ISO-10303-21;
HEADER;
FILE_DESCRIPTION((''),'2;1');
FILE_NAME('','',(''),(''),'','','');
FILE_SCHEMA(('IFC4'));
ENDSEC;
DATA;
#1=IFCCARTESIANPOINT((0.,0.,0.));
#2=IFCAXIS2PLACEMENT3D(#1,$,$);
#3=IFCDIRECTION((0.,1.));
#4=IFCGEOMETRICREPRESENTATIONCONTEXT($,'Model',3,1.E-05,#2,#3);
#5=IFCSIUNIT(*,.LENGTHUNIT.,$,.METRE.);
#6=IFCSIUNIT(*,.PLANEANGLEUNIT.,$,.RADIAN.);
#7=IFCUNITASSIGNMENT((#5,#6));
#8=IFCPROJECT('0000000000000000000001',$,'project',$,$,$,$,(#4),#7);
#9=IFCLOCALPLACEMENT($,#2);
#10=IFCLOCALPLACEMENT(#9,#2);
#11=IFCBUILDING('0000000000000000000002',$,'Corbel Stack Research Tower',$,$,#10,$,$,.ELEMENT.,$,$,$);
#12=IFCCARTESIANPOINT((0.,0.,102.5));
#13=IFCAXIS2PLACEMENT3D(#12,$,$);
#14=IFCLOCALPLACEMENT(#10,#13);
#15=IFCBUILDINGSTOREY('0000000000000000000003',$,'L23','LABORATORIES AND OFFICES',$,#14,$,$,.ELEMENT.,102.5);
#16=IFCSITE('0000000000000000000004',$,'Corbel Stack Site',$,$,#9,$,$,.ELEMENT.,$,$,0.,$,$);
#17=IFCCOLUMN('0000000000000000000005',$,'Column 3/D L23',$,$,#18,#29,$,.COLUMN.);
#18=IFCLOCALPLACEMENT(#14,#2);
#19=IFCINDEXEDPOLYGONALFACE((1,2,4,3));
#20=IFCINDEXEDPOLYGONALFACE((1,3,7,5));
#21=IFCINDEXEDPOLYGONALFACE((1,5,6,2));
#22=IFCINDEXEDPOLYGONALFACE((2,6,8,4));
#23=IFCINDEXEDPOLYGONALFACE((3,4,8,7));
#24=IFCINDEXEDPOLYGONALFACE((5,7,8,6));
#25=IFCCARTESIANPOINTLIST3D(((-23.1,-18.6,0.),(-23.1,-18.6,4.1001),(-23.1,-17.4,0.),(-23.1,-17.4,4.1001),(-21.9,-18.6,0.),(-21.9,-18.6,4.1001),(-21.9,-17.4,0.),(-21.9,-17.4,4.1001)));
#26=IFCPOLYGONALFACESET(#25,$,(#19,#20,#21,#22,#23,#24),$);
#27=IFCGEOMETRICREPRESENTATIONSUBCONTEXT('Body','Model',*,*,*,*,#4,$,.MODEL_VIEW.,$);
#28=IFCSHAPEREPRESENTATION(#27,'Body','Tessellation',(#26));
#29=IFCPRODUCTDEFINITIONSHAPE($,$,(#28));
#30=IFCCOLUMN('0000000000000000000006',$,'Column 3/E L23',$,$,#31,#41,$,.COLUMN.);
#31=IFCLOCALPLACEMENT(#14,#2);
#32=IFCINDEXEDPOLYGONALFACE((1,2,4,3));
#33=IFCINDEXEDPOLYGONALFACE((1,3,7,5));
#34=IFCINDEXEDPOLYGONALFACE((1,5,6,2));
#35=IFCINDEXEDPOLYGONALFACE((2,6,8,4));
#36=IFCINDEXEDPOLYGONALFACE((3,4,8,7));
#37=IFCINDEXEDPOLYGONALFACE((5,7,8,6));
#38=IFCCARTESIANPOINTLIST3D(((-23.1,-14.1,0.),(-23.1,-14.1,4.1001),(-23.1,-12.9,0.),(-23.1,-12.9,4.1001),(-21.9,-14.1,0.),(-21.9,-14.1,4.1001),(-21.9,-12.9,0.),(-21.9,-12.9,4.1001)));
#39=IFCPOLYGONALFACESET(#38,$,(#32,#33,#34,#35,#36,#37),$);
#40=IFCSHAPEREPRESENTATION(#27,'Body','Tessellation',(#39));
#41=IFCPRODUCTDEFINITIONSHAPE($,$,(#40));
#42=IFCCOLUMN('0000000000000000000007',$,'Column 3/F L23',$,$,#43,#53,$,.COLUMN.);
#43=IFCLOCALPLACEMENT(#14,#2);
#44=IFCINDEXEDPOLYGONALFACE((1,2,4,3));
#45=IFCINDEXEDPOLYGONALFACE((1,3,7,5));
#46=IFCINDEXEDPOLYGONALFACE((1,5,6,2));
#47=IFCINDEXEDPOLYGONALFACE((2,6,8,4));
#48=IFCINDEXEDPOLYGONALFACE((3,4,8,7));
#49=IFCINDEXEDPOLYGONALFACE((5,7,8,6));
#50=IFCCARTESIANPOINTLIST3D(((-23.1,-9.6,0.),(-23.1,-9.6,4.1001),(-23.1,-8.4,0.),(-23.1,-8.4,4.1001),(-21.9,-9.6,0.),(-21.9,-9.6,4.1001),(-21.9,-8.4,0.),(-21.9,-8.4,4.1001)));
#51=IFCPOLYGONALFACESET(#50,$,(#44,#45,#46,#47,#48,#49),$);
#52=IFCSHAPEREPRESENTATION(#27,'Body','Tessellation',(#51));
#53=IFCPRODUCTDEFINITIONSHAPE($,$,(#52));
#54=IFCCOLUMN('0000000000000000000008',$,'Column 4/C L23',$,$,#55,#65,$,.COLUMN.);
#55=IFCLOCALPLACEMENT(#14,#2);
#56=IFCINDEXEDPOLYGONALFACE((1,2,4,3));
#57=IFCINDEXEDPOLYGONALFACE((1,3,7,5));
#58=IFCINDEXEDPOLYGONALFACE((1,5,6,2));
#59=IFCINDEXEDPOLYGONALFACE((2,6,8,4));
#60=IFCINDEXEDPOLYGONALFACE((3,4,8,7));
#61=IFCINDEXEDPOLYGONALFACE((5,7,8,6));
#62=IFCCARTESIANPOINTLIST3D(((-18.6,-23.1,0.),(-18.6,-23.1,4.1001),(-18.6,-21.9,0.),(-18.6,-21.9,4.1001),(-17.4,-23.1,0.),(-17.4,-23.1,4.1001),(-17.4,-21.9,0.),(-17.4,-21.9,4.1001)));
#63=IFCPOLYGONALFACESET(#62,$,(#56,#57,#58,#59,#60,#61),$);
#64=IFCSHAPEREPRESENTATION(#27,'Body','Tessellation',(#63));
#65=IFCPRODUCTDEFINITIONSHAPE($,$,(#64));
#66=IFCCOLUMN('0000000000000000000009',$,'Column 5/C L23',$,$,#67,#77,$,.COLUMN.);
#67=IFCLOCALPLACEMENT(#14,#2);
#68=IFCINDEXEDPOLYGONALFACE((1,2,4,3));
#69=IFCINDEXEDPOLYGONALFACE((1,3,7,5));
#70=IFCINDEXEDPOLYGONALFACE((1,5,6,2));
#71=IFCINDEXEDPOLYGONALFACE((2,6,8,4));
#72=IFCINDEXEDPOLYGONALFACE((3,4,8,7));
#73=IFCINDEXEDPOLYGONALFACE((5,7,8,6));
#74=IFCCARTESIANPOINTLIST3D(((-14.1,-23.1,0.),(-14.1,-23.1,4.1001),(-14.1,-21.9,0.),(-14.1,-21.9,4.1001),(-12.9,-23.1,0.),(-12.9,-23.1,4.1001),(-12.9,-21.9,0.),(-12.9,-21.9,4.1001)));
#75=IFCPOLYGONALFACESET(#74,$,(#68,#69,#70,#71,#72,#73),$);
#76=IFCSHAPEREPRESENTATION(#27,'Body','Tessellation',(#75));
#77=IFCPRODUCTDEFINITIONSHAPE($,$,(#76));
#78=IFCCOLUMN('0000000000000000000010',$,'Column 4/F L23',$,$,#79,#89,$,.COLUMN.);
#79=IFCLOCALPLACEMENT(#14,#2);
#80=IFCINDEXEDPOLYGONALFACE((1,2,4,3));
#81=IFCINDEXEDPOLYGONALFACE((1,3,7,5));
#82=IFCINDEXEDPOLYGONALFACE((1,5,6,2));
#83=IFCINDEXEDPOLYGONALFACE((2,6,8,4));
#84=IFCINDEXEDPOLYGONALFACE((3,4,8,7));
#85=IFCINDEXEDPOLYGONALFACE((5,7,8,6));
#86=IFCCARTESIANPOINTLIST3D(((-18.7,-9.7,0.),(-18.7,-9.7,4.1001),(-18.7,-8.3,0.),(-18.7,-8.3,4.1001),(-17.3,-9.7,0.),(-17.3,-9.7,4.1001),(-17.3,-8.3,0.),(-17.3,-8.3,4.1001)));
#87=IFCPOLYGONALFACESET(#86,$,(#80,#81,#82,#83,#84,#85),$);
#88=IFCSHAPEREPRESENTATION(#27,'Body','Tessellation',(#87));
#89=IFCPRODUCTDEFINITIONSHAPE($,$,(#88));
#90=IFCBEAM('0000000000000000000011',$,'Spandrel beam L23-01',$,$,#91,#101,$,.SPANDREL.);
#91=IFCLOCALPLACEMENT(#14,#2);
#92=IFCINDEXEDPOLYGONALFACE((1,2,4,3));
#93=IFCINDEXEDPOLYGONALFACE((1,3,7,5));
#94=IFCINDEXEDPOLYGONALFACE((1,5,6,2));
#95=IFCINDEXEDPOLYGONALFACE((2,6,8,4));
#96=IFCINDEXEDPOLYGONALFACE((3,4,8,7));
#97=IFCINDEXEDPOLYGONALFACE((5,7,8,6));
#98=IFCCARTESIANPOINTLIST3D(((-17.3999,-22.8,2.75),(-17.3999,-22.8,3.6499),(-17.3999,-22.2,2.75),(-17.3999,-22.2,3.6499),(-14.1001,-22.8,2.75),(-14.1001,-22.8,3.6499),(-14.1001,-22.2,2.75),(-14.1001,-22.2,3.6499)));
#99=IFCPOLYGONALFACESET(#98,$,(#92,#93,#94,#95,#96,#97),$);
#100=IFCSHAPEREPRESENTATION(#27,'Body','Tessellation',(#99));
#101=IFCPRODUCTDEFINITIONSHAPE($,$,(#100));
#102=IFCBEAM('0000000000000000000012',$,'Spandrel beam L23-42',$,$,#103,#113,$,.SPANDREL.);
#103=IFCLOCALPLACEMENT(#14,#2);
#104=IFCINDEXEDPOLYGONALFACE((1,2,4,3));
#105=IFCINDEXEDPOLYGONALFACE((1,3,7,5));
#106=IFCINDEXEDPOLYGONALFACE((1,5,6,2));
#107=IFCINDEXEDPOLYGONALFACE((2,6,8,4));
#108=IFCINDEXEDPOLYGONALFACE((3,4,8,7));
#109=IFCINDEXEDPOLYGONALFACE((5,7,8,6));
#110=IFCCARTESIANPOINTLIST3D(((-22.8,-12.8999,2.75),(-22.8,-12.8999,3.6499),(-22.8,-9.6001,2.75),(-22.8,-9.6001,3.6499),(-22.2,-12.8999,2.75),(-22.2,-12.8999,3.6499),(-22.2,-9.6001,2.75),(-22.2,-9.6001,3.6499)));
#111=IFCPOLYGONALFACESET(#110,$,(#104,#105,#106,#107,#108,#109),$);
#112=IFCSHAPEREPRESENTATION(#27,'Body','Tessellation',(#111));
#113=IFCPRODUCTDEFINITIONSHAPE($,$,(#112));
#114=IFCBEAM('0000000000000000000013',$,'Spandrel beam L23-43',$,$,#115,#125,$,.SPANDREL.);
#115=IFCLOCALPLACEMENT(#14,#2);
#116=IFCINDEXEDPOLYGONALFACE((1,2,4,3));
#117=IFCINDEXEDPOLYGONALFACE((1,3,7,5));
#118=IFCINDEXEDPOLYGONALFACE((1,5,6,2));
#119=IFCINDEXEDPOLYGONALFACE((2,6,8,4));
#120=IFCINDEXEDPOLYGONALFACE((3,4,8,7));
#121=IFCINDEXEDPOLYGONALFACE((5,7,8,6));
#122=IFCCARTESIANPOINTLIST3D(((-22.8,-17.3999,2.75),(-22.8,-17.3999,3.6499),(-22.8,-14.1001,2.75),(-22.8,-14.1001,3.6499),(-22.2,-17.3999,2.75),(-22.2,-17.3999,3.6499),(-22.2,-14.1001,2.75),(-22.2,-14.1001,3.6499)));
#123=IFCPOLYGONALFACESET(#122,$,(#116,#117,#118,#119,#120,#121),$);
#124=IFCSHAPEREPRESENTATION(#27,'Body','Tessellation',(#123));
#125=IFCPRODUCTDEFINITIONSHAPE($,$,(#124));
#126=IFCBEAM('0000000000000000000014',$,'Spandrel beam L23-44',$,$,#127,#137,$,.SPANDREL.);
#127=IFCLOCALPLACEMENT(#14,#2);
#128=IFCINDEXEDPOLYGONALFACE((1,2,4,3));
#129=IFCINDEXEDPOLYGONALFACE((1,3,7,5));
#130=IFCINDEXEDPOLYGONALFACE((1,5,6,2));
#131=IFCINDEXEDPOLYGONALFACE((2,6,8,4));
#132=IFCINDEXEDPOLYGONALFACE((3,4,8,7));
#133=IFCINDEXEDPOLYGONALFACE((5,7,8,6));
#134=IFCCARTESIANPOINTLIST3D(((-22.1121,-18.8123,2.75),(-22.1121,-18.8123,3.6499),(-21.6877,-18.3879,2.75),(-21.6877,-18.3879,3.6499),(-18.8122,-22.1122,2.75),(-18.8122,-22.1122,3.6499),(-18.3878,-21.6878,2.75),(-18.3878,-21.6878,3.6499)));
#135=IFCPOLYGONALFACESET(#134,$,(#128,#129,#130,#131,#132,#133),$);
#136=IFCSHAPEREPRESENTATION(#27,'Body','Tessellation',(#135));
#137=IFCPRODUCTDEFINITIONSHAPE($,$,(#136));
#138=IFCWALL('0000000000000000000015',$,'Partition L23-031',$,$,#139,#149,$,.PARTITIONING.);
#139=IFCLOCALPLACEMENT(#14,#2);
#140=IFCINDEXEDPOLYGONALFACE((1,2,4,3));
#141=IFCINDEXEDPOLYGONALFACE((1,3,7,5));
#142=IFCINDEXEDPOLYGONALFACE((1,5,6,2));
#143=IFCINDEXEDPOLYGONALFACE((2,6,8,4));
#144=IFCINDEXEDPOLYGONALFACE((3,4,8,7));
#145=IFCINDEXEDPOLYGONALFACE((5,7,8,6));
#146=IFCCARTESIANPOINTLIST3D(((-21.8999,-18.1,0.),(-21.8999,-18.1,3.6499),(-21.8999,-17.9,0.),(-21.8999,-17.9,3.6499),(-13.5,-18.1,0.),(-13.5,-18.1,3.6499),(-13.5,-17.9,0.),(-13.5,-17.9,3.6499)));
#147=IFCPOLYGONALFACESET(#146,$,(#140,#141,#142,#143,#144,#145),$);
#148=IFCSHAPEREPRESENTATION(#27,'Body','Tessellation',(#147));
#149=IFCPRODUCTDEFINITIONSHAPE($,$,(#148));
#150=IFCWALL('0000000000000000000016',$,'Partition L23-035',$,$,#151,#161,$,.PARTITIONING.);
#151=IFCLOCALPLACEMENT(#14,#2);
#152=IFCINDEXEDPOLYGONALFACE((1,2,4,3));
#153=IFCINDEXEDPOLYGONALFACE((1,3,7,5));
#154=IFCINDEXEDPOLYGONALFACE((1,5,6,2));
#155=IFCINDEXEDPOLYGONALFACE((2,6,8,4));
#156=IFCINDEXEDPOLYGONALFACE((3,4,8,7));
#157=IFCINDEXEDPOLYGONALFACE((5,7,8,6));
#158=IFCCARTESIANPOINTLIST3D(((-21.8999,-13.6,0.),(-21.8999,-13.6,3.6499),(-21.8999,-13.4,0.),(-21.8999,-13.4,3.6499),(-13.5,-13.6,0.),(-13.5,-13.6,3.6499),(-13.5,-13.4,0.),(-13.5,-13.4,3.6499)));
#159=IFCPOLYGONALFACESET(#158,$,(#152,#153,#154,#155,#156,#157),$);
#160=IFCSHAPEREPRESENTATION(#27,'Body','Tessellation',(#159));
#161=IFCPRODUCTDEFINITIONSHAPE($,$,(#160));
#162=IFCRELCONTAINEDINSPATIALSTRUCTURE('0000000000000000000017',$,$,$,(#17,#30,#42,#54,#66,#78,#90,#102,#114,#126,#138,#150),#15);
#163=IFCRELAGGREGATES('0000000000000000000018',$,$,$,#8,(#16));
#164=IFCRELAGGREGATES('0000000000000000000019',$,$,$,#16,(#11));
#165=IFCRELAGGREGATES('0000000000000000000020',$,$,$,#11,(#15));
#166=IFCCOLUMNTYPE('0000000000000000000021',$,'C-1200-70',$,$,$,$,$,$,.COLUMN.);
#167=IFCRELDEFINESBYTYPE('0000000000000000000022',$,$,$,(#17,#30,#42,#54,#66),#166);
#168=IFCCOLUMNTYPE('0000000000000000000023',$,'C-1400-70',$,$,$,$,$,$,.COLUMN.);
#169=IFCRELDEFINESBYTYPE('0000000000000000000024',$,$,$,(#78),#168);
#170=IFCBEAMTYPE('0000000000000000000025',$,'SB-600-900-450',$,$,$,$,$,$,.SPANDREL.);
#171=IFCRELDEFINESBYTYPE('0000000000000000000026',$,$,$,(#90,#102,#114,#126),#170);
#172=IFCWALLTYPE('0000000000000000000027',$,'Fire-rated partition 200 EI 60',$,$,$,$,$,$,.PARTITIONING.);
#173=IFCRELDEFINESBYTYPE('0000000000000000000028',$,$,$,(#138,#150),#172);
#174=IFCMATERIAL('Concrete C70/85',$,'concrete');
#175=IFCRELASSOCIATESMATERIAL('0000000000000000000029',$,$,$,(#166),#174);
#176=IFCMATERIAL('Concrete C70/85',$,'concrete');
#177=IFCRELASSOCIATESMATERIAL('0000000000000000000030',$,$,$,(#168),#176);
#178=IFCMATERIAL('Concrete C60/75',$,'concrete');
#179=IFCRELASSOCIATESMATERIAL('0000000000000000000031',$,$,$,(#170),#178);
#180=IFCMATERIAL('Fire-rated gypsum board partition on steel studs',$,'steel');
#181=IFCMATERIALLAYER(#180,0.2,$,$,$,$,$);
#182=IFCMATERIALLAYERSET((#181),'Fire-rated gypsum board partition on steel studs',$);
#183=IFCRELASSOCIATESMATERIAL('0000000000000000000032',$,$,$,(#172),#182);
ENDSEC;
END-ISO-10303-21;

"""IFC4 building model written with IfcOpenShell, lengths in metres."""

from ifc_helpers import new_model, si_unit, direction, frame, frame_2d, origin, origin_2d, place, context, subcontext, project, spatial, rectangle, extrude, material, layer, layer_set, material_profile, profile_set, type_object, element, save


model = new_model("IFC4")

# Units and contexts
model_context = context("Model", 3, precision=1e-05, world=origin(), true_north=direction((0.0, 1.0)))
body_context = subcontext(model_context, "Body", "Model", "MODEL_VIEW")
ifc_project = project(units=[si_unit("LENGTHUNIT", "METRE"), si_unit("PLANEANGLEUNIT", "RADIAN")], contexts=[model_context])

# Site, building, storey
site_placement = place(None, origin())
site = spatial("IfcSite", under=ifc_project, at=site_placement, Name="Corbel Stack Site", CompositionType="ELEMENT", RefElevation=0.0)
building_placement = place(site_placement, origin())
building = spatial("IfcBuilding", under=site, at=building_placement, Name="Corbel Stack Research Tower", CompositionType="ELEMENT")
storey_placement = place(building_placement, frame((0.0, 0.0, 102.5)))
storey = spatial("IfcBuildingStorey", under=building, at=storey_placement, Name="L23", Description="LABORATORIES AND OFFICES", CompositionType="ELEMENT", Elevation=102.5)

# Columns
ifc_material_1 = material(Name="Concrete C70/85", Category="concrete")
ifc_material_profile_1 = material_profile(ifc_material_1, rectangle(XDim=1.2, YDim=1.2, at=origin_2d()), Name="RC 1200 x 1200")
ifc_profile_set_1 = profile_set([ifc_material_profile_1], Name="Concrete C70/85")
column_type_1 = type_object("IfcColumnType", Name="C-1200-70", PredefinedType="COLUMN", material=ifc_profile_set_1)
for number, where, z_axis, x_axis, name in (
    (1, (-22.5, -18.0, 0.0), (0.0, 0.0, 1.0), (1.0, 0.0, 0.0), "Column 3/D L23"),
    (2, (-22.5, -13.5, 0.0), (0.0, 0.0, 1.0), (1.0, 0.0, 0.0), "Column 3/E L23"),
    (3, (-22.5, -9.0, 0.0), (0.0, 0.0, 1.0), (1.0, 0.0, 0.0), "Column 3/F L23"),
    (4, (-18.0, -22.5, 0.0), (0.0, 0.0, 1.0), (1.0, 0.0, 0.0), "Column 4/C L23"),
    (5, (-13.5, -22.5, 0.0), (0.0, 0.0, 1.0), (1.0, 0.0, 0.0), "Column 5/C L23"),
):
    element("IfcColumn", number, at=place(storey_placement, frame(where, z_axis=z_axis, x_axis=x_axis)), inside=storey, type_object=column_type_1, Name=name, PredefinedType="COLUMN", context=body_context, shape_type="SweptSolid", body=[
        extrude(rectangle(XDim=1.2, YDim=1.2, at=origin_2d()), origin(), (0.0, 0.0, 1.0), 4.1001),
    ])
ifc_material_2 = material(Name="Concrete C70/85", Category="concrete")
ifc_material_profile_2 = material_profile(ifc_material_2, rectangle(XDim=1.3999, YDim=1.3999, at=origin_2d()), Name="RC 1400 x 1400")
ifc_profile_set_2 = profile_set([ifc_material_profile_2], Name="Concrete C70/85")
column_type_2 = type_object("IfcColumnType", Name="C-1400-70", PredefinedType="COLUMN", material=ifc_profile_set_2)
column_placement = place(storey_placement, frame((-18.0, -9.0, 0.0), z_axis=(0.0, 0.0, 1.0), x_axis=(1.0, 0.0, 0.0)))
element("IfcColumn", 6, at=column_placement, inside=storey, type_object=column_type_2, Name="Column 4/F L23", PredefinedType="COLUMN", context=body_context, shape_type="SweptSolid", body=[
    extrude(rectangle(XDim=1.3999, YDim=1.3999, at=origin_2d()), origin(), (0.0, 0.0, 1.0), 4.1001),
])

# Beams
ifc_material_3 = material(Name="Concrete C60/75", Category="concrete")
ifc_material_profile_3 = material_profile(ifc_material_3, rectangle(XDim=0.6001, YDim=0.8999, at=origin_2d()), Name="RC 600 x 900")
ifc_profile_set_3 = profile_set([ifc_material_profile_3], Name="Concrete C60/75")
beam_type = type_object("IfcBeamType", Name="SB-600-900-450", PredefinedType="SPANDREL", material=ifc_profile_set_3)
for number, where, z_axis, x_axis, name in (
    (7, (-17.3999, -22.5, 3.2), (1.0, 0.0, 0.0), (0.0, 1.0, 0.0), "Spandrel beam L23-01"),
    (8, (-22.5, -9.6001, 3.2), (0.0, -1.0, 0.0), (1.0, 0.0, 0.0), "Spandrel beam L23-42"),
    (9, (-22.5, -14.1001, 3.2), (0.0, -1.0, 0.0), (1.0, 0.0, 0.0), "Spandrel beam L23-43"),
):
    element("IfcBeam", number, at=place(storey_placement, frame(where, z_axis=z_axis, x_axis=x_axis)), inside=storey, type_object=beam_type, Name=name, PredefinedType="SPANDREL", context=body_context, shape_type="SweptSolid", body=[
        extrude(rectangle(XDim=0.6001, YDim=0.8999, at=origin_2d()), origin(), (0.0, 0.0, 1.0), 3.2998),
    ])
beam_placement = place(storey_placement, frame((-21.8999, -18.6001, 3.2), z_axis=(0.707107, -0.707107, 0.0), x_axis=(0.707107, 0.707107, 0.0)))
element("IfcBeam", 10, at=beam_placement, inside=storey, type_object=beam_type, Name="Spandrel beam L23-44", PredefinedType="SPANDREL", context=body_context, shape_type="SweptSolid", body=[
    extrude(rectangle(XDim=0.6001, YDim=0.8999, at=origin_2d()), origin(), (0.0, 0.0, 1.0), 4.6667),
])

# Walls
ifc_material_4 = material(Name="Fire-rated gypsum board partition on steel studs", Category="steel")
ifc_layer_1 = layer(ifc_material_4, 0.2)
ifc_layer_set_1 = layer_set([ifc_layer_1], Name="Fire-rated gypsum board partition on steel studs")
wall_type_1 = type_object("IfcWallType", Name="Fire-rated partition 200 EI 60", PredefinedType="PARTITIONING", material=ifc_layer_set_1)
for number, where, z_axis, x_axis, name in (
    (11, (-21.8999, -18.0, 0.0), (0.0, 0.0, 1.0), (1.0, 0.0, 0.0), "Partition L23-031"),
    (12, (-21.8999, -13.5, 0.0), (0.0, 0.0, 1.0), (1.0, 0.0, 0.0), "Partition L23-035"),
):
    element("IfcWall", number, at=place(storey_placement, frame(where, z_axis=z_axis, x_axis=x_axis)), inside=storey, type_object=wall_type_1, Name=name, PredefinedType="PARTITIONING", context=body_context, shape_type="SweptSolid", body=[
        extrude(rectangle(XDim=8.3999, YDim=0.2, at=frame_2d((4.2, 0.0))), origin(), (0.0, 0.0, 1.0), 3.6499),
    ])

save(model, "model.ifc")
